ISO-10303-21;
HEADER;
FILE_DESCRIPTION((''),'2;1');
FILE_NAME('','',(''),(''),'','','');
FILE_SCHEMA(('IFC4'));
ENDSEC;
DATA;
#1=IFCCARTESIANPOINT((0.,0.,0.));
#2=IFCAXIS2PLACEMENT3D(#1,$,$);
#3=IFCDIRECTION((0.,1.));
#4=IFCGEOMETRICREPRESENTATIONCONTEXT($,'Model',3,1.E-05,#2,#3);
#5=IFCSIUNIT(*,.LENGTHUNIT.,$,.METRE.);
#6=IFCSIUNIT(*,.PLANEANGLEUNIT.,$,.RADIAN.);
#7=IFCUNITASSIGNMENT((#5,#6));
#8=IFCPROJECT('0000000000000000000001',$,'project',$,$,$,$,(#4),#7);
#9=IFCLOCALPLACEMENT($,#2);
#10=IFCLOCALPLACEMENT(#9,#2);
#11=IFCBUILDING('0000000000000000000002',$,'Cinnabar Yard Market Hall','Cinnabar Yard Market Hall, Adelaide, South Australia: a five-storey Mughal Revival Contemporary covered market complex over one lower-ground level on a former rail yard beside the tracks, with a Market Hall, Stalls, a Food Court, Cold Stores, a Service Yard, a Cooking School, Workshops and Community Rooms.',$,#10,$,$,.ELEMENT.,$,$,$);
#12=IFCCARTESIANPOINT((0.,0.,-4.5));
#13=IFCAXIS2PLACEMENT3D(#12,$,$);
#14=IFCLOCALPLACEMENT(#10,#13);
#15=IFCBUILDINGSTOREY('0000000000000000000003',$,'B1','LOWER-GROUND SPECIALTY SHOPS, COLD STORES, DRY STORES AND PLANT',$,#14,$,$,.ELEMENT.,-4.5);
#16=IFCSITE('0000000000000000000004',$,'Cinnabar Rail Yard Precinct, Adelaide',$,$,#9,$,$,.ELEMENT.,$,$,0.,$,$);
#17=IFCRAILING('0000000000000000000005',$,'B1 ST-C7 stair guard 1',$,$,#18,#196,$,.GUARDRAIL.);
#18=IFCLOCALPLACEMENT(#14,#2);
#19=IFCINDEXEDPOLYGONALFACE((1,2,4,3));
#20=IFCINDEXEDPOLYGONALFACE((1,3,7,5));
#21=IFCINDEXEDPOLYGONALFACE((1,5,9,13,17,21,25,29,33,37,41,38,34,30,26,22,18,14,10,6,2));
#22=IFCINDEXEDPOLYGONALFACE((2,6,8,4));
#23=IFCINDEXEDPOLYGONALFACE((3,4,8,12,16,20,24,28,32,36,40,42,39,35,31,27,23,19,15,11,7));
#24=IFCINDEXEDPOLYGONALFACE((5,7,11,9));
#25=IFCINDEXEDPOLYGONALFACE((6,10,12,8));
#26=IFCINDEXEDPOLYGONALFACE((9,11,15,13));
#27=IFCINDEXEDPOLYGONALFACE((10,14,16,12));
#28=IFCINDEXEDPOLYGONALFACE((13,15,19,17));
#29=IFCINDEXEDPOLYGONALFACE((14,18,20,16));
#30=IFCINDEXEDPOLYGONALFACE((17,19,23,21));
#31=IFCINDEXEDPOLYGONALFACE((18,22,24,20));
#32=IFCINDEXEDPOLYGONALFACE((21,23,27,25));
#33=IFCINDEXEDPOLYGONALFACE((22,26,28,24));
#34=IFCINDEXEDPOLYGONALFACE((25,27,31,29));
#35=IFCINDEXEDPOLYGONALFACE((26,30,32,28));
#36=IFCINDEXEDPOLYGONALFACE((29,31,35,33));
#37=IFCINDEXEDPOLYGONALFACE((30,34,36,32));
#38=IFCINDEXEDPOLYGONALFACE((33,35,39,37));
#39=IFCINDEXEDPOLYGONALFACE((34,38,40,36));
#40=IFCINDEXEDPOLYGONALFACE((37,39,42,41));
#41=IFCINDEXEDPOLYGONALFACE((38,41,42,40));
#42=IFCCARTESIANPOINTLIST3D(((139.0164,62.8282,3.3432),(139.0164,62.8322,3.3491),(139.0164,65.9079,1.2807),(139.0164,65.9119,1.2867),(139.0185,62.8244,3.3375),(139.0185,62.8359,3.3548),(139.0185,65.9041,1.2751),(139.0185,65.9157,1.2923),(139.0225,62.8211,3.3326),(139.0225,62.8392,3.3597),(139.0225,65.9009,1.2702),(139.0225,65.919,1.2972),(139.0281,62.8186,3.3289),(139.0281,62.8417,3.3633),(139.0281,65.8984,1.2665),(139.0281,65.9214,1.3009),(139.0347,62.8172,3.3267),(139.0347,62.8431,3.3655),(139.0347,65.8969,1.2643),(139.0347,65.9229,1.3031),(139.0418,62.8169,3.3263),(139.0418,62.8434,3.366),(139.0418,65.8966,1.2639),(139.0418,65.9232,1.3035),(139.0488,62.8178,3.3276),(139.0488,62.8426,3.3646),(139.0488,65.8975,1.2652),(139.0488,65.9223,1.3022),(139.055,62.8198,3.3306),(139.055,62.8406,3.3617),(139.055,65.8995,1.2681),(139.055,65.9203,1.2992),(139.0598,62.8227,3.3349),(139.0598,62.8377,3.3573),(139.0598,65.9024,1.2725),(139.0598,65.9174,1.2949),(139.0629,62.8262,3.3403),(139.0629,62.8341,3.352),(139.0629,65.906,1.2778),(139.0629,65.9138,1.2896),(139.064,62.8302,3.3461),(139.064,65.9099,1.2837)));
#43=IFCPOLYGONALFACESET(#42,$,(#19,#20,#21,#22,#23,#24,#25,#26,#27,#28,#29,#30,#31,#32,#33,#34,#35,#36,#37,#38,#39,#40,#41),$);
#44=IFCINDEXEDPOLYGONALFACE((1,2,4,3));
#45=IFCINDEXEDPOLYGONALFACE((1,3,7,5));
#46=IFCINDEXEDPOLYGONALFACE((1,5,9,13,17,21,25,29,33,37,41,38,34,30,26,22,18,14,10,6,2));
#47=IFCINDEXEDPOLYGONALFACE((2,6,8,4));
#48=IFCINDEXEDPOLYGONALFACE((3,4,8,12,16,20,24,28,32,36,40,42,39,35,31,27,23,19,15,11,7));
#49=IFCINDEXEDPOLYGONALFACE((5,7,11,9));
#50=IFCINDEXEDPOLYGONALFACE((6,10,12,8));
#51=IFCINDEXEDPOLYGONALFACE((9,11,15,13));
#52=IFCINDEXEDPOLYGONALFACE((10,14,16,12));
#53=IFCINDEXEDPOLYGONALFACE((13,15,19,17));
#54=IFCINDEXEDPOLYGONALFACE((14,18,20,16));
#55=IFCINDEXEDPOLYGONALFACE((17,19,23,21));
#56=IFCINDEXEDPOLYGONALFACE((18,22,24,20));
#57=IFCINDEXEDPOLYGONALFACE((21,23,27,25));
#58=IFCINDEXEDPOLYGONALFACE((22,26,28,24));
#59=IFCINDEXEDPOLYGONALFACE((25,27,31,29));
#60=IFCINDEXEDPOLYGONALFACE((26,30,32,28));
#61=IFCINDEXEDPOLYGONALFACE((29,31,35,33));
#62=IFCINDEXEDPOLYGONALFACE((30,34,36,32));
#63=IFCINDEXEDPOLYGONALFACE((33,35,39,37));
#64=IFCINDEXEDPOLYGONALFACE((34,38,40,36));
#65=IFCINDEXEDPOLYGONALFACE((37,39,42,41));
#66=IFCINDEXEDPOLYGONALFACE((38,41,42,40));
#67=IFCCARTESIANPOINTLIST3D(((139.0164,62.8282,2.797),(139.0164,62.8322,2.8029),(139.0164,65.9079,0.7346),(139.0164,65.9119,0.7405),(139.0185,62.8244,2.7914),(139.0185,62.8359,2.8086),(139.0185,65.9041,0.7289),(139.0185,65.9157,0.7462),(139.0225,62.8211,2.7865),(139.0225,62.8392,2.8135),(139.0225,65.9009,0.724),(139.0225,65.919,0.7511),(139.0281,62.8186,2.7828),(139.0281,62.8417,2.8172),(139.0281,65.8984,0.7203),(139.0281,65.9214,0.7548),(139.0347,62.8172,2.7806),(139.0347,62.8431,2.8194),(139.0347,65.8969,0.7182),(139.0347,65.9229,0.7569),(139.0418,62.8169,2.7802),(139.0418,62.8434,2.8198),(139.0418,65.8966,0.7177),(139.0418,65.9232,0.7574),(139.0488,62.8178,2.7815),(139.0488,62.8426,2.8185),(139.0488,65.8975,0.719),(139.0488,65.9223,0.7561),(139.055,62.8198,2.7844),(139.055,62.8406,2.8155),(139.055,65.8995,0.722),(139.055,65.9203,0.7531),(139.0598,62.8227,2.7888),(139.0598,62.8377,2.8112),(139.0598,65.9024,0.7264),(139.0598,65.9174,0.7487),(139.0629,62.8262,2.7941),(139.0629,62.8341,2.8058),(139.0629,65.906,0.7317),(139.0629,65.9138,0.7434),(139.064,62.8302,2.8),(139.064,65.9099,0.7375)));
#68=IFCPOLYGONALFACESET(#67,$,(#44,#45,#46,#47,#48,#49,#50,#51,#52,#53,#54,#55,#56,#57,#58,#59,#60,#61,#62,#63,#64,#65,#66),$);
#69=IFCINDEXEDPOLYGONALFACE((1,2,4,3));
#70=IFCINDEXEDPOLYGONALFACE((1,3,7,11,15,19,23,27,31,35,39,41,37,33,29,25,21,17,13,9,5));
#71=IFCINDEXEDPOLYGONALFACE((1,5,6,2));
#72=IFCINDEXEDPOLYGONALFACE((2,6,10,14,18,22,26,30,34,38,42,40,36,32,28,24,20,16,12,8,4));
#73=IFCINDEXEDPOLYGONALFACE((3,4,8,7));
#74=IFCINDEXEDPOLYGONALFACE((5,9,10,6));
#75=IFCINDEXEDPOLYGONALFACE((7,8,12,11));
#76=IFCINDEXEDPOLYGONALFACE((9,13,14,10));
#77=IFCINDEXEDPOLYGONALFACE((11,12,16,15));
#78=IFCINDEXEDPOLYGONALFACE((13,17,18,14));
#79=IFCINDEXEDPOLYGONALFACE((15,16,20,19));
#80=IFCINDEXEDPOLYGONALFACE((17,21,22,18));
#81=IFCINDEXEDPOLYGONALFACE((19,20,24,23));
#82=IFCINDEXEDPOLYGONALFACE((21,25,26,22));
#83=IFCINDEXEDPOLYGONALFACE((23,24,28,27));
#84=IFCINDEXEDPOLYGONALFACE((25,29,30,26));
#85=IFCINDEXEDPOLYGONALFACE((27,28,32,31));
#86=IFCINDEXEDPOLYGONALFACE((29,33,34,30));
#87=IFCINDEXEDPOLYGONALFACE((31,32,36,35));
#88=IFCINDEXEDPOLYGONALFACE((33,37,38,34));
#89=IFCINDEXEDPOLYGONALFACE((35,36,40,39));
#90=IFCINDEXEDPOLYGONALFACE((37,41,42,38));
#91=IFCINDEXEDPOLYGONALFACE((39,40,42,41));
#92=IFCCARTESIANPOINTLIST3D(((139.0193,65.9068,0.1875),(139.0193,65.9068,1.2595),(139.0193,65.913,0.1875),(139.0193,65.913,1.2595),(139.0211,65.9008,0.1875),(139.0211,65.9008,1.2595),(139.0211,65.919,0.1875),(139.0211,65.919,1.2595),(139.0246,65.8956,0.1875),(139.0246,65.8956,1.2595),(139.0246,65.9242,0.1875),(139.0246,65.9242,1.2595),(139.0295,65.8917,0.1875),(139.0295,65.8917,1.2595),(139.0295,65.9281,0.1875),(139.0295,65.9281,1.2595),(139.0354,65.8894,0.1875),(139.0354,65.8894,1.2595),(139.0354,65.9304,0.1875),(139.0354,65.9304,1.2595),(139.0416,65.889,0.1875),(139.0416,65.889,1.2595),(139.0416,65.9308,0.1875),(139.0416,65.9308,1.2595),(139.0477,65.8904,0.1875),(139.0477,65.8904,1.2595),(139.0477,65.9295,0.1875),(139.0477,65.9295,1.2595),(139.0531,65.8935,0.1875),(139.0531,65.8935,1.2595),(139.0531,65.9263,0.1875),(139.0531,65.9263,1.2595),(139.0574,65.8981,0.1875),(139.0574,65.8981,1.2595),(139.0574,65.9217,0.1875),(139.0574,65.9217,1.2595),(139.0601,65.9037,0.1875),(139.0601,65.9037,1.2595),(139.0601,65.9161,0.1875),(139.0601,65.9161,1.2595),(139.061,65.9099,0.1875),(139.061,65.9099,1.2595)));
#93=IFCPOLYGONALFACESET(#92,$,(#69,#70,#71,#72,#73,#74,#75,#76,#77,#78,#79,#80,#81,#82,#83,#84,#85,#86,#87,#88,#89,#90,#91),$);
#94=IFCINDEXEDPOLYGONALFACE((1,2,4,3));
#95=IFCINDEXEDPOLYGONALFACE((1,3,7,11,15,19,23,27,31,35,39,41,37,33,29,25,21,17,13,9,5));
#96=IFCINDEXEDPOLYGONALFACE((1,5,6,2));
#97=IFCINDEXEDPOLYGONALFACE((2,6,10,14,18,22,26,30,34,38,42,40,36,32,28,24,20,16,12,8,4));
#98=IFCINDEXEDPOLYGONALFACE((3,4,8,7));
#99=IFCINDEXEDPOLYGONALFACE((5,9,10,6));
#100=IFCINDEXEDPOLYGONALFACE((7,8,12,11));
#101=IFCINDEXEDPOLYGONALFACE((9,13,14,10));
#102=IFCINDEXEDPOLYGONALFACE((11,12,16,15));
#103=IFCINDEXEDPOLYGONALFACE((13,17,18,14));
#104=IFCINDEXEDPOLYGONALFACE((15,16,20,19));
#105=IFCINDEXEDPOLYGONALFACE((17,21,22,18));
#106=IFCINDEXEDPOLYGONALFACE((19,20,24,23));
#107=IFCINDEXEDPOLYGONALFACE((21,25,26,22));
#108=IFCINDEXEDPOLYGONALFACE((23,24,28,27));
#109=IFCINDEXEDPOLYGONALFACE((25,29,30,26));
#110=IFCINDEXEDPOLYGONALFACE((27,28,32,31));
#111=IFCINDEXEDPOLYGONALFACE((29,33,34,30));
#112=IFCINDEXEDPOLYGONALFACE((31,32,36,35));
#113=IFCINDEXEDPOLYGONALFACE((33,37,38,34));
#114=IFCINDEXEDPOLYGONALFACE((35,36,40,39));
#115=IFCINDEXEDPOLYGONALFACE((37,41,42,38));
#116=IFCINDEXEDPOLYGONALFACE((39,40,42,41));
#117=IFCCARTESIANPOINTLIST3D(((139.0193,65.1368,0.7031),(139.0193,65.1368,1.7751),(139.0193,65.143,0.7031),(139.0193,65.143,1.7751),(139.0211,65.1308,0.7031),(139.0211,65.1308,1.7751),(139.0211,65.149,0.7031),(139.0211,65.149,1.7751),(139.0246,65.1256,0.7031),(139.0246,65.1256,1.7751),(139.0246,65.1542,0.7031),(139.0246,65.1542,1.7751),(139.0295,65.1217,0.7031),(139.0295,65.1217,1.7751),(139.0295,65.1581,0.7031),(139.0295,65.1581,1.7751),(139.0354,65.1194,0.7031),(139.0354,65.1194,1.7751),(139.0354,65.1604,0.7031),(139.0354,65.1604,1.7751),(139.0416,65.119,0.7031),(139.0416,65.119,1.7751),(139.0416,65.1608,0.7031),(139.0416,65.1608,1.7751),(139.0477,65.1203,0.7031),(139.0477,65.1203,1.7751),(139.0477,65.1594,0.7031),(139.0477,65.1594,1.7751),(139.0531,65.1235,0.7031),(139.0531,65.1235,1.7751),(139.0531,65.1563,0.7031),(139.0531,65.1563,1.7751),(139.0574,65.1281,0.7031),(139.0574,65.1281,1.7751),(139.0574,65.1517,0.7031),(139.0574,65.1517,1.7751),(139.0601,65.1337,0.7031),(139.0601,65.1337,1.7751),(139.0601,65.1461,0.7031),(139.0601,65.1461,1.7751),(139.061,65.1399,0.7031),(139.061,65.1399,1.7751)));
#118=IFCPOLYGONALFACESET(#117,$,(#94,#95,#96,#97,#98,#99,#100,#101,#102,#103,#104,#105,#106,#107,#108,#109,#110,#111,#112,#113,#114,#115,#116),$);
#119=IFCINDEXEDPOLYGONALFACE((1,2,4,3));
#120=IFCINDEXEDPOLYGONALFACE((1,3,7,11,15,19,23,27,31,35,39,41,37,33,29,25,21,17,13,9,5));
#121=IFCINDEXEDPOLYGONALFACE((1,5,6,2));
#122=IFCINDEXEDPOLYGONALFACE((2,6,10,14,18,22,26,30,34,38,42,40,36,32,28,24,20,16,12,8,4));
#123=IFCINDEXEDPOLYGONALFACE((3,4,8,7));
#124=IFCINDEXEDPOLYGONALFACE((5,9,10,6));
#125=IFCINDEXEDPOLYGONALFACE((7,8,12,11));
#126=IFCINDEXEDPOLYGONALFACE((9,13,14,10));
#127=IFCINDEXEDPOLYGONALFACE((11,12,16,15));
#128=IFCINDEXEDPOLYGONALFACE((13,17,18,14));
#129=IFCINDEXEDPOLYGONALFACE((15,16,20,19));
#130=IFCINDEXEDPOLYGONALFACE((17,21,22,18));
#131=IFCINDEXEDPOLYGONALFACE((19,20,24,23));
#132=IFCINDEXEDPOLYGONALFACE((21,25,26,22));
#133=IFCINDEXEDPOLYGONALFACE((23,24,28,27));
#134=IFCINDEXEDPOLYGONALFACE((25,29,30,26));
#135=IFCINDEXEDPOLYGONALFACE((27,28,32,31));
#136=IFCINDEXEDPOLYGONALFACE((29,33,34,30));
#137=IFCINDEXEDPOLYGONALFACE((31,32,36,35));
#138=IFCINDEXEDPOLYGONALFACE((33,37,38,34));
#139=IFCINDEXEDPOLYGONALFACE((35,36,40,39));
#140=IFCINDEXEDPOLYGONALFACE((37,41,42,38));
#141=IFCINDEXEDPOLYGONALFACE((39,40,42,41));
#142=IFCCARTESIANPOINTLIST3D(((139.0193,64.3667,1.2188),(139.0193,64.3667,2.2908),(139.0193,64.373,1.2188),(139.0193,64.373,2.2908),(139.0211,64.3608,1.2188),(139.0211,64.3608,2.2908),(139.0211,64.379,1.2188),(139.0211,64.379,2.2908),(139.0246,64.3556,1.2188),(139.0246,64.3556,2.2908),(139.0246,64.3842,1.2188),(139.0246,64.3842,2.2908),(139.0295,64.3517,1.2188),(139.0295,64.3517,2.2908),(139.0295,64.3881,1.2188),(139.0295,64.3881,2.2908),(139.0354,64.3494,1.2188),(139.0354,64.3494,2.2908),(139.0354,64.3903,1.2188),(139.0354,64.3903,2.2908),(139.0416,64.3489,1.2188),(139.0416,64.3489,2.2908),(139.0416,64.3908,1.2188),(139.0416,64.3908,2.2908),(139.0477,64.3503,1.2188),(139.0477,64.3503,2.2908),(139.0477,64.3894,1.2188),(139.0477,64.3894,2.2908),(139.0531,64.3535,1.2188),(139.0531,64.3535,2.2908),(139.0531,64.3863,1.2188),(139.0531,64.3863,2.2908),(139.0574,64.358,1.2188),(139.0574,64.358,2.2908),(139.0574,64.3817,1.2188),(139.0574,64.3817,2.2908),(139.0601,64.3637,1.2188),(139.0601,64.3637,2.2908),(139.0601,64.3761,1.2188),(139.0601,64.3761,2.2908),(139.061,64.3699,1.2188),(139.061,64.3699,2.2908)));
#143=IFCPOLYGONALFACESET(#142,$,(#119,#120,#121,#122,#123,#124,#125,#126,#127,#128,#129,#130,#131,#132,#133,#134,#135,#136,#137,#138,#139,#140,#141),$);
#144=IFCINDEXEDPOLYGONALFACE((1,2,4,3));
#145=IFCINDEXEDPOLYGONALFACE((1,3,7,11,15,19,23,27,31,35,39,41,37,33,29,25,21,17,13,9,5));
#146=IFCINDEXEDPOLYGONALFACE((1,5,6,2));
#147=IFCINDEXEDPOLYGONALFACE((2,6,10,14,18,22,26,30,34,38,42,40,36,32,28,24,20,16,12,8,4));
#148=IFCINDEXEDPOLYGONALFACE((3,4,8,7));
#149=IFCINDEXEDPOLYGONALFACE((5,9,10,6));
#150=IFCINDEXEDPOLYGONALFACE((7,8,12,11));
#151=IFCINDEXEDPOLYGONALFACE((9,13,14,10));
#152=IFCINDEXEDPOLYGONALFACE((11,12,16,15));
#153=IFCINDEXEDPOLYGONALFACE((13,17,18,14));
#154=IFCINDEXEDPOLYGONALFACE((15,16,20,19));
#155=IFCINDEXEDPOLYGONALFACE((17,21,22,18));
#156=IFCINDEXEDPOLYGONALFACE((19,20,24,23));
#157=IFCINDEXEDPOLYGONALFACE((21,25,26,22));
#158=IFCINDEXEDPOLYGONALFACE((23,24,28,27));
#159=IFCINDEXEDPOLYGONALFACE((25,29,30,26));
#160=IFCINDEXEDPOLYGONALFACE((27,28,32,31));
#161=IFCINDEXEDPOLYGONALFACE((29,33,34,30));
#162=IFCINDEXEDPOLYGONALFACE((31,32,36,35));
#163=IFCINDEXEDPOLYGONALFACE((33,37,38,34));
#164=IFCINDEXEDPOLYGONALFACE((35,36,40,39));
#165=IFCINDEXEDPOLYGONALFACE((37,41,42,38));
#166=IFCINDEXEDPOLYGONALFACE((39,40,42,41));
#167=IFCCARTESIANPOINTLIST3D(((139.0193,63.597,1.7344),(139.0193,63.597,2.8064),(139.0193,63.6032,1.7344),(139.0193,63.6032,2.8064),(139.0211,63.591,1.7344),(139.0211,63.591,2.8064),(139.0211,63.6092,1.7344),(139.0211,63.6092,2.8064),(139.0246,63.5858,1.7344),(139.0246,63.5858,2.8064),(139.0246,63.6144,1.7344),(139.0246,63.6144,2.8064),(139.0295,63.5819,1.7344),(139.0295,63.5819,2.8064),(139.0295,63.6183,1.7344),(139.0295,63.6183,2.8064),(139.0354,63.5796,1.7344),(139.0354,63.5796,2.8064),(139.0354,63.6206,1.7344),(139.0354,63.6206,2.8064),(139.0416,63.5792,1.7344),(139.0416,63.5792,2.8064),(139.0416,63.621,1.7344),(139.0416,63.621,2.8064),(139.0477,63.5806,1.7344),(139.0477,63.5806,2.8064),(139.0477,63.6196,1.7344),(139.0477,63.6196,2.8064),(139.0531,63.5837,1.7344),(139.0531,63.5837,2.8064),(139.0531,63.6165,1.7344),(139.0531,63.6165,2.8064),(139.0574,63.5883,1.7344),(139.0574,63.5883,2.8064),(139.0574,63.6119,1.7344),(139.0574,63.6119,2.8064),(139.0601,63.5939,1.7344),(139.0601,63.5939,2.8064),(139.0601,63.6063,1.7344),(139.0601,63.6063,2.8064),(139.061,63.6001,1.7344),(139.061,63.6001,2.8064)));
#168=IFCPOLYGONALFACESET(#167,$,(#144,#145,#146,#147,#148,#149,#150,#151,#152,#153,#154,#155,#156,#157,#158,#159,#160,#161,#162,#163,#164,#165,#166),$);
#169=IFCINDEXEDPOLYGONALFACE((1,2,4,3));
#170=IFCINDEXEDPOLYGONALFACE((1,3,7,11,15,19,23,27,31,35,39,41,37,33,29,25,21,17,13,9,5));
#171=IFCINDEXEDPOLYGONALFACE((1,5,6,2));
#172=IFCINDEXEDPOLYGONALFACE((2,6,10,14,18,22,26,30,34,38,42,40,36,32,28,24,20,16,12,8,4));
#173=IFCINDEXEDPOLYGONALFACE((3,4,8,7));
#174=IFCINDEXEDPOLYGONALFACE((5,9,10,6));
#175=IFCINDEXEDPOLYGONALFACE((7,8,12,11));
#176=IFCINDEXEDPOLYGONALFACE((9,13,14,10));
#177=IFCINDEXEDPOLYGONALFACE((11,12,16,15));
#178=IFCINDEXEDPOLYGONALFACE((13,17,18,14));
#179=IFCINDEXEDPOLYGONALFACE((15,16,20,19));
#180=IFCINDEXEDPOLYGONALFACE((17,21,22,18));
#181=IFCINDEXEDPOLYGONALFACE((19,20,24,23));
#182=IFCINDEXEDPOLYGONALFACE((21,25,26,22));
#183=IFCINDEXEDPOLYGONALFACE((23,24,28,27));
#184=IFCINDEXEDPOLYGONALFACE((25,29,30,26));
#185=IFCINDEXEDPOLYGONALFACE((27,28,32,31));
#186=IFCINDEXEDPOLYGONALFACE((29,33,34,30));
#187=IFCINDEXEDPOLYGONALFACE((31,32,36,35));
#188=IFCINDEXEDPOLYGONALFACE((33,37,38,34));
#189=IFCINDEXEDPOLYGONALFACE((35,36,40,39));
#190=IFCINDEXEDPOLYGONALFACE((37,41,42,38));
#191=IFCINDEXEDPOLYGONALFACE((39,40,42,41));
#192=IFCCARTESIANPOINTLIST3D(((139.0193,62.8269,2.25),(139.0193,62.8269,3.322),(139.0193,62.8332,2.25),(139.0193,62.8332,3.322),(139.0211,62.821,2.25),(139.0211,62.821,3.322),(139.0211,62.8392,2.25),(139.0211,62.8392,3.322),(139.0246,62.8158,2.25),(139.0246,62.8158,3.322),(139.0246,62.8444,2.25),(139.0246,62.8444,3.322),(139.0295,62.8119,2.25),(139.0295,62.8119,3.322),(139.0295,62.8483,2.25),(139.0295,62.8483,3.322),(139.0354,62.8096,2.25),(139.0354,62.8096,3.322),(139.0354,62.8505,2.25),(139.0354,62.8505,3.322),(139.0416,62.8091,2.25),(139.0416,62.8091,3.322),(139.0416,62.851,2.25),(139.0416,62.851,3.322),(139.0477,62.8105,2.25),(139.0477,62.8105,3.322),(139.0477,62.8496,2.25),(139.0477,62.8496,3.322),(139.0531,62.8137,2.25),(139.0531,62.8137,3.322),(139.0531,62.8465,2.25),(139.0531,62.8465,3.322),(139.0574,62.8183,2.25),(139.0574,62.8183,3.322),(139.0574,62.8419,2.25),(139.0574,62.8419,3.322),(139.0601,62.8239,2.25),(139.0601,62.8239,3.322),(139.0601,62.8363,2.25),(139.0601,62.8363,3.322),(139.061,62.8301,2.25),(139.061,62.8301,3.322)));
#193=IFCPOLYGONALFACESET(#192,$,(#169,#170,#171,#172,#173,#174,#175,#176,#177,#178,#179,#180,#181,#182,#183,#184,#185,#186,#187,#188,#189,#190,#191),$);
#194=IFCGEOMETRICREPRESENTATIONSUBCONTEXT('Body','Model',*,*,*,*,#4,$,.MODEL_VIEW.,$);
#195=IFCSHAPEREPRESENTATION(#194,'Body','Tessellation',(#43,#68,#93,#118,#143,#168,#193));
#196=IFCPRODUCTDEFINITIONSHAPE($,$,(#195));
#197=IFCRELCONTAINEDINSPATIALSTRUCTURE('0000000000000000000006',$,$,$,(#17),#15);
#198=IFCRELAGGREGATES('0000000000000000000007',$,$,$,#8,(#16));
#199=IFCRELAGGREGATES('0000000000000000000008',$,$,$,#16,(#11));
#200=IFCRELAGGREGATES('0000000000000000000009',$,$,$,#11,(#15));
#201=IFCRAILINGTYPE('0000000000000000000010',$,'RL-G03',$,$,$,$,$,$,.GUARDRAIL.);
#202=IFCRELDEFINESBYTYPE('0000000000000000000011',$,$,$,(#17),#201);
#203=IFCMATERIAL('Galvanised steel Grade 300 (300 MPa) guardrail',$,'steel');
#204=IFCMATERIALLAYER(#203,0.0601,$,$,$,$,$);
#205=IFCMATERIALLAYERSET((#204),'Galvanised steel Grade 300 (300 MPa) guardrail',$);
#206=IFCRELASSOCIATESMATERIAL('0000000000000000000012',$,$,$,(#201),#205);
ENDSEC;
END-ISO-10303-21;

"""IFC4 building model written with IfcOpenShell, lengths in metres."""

from ifc_helpers import new_model, si_unit, direction, frame, origin, origin_2d_with_axis, place, context, subcontext, project, spatial, circle, extrude, material, layer, layer_set, type_object, element, save


model = new_model("IFC4")

# Units and contexts
model_context = context("Model", 3, precision=1e-05, world=origin(), true_north=direction((0.0, 1.0)))
body_context = subcontext(model_context, "Body", "Model", "MODEL_VIEW")
ifc_project = project(units=[si_unit("LENGTHUNIT", "METRE"), si_unit("PLANEANGLEUNIT", "RADIAN")], contexts=[model_context])

# Site, building, storey
site_placement = place(None, origin())
site = spatial("IfcSite", under=ifc_project, at=site_placement, Name="Cinnabar Rail Yard Precinct, Adelaide", CompositionType="ELEMENT", RefElevation=0.0)
building_placement = place(site_placement, origin())
building = spatial("IfcBuilding", under=site, at=building_placement, Name="Cinnabar Yard Market Hall", Description="Cinnabar Yard Market Hall, Adelaide, South Australia: a five-storey Mughal Revival Contemporary covered market complex over one lower-ground level on a former rail yard beside the tracks, with a Market Hall, Stalls, a Food Court, Cold Stores, a Service Yard, a Cooking School, Workshops and Community Rooms.", CompositionType="ELEMENT")
storey_placement = place(building_placement, frame((0.0, 0.0, -4.5)))
storey = spatial("IfcBuildingStorey", under=building, at=storey_placement, Name="B1", Description="LOWER-GROUND SPECIALTY SHOPS, COLD STORES, DRY STORES AND PLANT", CompositionType="ELEMENT", Elevation=-4.5)

# Railing
ifc_material_1 = material(Name="Galvanised steel Grade 300 (300 MPa) guardrail", Category="steel")
ifc_layer_1 = layer(ifc_material_1, 0.0601)
ifc_layer_set_1 = layer_set([ifc_layer_1], Name="Galvanised steel Grade 300 (300 MPa) guardrail")
railing_type_1 = type_object("IfcRailingType", Name="RL-G03", PredefinedType="GUARDRAIL", material=ifc_layer_set_1)
railing_1_placement = place(storey_placement, frame((139.04, 65.9099, 0.1875)))
element("IfcRailing", 1, at=railing_1_placement, inside=storey, type_object=railing_type_1, Name="B1 ST-C7 stair guard 1", PredefinedType="GUARDRAIL", context=body_context, shape_type="SweptSolid", body=[
    extrude(circle(Radius=0.0239, at=origin_2d_with_axis()), frame((0.0, 0.0, 1.0962), z_axis=(0.0, -0.830893, 0.556432), x_axis=(1.0, 0.0, 0.0)), (0.0, 0.0, 1.0), 3.7065),
    extrude(circle(Radius=0.0239, at=origin_2d_with_axis()), frame((0.0, 0.0, 0.55), z_axis=(0.0, -0.830893, 0.556432), x_axis=(1.0, 0.0, 0.0)), (0.0, 0.0, 1.0), 3.7065),
    extrude(circle(Radius=0.021, at=origin_2d_with_axis()), origin(), (0.0, 0.0, 1.0), 1.072),
    extrude(circle(Radius=0.021, at=origin_2d_with_axis()), frame((0.0, -0.77, 0.5156)), (0.0, 0.0, 1.0), 1.072),
    extrude(circle(Radius=0.021, at=origin_2d_with_axis()), frame((0.0, -1.54, 1.0312)), (0.0, 0.0, 1.0), 1.072),
    extrude(circle(Radius=0.021, at=origin_2d_with_axis()), frame((0.0, -2.3098, 1.5469)), (0.0, 0.0, 1.0), 1.072),
    extrude(circle(Radius=0.021, at=origin_2d_with_axis()), frame((0.0, -3.0798, 2.0625)), (0.0, 0.0, 1.0), 1.072),
])

save(model, "model.ifc")
